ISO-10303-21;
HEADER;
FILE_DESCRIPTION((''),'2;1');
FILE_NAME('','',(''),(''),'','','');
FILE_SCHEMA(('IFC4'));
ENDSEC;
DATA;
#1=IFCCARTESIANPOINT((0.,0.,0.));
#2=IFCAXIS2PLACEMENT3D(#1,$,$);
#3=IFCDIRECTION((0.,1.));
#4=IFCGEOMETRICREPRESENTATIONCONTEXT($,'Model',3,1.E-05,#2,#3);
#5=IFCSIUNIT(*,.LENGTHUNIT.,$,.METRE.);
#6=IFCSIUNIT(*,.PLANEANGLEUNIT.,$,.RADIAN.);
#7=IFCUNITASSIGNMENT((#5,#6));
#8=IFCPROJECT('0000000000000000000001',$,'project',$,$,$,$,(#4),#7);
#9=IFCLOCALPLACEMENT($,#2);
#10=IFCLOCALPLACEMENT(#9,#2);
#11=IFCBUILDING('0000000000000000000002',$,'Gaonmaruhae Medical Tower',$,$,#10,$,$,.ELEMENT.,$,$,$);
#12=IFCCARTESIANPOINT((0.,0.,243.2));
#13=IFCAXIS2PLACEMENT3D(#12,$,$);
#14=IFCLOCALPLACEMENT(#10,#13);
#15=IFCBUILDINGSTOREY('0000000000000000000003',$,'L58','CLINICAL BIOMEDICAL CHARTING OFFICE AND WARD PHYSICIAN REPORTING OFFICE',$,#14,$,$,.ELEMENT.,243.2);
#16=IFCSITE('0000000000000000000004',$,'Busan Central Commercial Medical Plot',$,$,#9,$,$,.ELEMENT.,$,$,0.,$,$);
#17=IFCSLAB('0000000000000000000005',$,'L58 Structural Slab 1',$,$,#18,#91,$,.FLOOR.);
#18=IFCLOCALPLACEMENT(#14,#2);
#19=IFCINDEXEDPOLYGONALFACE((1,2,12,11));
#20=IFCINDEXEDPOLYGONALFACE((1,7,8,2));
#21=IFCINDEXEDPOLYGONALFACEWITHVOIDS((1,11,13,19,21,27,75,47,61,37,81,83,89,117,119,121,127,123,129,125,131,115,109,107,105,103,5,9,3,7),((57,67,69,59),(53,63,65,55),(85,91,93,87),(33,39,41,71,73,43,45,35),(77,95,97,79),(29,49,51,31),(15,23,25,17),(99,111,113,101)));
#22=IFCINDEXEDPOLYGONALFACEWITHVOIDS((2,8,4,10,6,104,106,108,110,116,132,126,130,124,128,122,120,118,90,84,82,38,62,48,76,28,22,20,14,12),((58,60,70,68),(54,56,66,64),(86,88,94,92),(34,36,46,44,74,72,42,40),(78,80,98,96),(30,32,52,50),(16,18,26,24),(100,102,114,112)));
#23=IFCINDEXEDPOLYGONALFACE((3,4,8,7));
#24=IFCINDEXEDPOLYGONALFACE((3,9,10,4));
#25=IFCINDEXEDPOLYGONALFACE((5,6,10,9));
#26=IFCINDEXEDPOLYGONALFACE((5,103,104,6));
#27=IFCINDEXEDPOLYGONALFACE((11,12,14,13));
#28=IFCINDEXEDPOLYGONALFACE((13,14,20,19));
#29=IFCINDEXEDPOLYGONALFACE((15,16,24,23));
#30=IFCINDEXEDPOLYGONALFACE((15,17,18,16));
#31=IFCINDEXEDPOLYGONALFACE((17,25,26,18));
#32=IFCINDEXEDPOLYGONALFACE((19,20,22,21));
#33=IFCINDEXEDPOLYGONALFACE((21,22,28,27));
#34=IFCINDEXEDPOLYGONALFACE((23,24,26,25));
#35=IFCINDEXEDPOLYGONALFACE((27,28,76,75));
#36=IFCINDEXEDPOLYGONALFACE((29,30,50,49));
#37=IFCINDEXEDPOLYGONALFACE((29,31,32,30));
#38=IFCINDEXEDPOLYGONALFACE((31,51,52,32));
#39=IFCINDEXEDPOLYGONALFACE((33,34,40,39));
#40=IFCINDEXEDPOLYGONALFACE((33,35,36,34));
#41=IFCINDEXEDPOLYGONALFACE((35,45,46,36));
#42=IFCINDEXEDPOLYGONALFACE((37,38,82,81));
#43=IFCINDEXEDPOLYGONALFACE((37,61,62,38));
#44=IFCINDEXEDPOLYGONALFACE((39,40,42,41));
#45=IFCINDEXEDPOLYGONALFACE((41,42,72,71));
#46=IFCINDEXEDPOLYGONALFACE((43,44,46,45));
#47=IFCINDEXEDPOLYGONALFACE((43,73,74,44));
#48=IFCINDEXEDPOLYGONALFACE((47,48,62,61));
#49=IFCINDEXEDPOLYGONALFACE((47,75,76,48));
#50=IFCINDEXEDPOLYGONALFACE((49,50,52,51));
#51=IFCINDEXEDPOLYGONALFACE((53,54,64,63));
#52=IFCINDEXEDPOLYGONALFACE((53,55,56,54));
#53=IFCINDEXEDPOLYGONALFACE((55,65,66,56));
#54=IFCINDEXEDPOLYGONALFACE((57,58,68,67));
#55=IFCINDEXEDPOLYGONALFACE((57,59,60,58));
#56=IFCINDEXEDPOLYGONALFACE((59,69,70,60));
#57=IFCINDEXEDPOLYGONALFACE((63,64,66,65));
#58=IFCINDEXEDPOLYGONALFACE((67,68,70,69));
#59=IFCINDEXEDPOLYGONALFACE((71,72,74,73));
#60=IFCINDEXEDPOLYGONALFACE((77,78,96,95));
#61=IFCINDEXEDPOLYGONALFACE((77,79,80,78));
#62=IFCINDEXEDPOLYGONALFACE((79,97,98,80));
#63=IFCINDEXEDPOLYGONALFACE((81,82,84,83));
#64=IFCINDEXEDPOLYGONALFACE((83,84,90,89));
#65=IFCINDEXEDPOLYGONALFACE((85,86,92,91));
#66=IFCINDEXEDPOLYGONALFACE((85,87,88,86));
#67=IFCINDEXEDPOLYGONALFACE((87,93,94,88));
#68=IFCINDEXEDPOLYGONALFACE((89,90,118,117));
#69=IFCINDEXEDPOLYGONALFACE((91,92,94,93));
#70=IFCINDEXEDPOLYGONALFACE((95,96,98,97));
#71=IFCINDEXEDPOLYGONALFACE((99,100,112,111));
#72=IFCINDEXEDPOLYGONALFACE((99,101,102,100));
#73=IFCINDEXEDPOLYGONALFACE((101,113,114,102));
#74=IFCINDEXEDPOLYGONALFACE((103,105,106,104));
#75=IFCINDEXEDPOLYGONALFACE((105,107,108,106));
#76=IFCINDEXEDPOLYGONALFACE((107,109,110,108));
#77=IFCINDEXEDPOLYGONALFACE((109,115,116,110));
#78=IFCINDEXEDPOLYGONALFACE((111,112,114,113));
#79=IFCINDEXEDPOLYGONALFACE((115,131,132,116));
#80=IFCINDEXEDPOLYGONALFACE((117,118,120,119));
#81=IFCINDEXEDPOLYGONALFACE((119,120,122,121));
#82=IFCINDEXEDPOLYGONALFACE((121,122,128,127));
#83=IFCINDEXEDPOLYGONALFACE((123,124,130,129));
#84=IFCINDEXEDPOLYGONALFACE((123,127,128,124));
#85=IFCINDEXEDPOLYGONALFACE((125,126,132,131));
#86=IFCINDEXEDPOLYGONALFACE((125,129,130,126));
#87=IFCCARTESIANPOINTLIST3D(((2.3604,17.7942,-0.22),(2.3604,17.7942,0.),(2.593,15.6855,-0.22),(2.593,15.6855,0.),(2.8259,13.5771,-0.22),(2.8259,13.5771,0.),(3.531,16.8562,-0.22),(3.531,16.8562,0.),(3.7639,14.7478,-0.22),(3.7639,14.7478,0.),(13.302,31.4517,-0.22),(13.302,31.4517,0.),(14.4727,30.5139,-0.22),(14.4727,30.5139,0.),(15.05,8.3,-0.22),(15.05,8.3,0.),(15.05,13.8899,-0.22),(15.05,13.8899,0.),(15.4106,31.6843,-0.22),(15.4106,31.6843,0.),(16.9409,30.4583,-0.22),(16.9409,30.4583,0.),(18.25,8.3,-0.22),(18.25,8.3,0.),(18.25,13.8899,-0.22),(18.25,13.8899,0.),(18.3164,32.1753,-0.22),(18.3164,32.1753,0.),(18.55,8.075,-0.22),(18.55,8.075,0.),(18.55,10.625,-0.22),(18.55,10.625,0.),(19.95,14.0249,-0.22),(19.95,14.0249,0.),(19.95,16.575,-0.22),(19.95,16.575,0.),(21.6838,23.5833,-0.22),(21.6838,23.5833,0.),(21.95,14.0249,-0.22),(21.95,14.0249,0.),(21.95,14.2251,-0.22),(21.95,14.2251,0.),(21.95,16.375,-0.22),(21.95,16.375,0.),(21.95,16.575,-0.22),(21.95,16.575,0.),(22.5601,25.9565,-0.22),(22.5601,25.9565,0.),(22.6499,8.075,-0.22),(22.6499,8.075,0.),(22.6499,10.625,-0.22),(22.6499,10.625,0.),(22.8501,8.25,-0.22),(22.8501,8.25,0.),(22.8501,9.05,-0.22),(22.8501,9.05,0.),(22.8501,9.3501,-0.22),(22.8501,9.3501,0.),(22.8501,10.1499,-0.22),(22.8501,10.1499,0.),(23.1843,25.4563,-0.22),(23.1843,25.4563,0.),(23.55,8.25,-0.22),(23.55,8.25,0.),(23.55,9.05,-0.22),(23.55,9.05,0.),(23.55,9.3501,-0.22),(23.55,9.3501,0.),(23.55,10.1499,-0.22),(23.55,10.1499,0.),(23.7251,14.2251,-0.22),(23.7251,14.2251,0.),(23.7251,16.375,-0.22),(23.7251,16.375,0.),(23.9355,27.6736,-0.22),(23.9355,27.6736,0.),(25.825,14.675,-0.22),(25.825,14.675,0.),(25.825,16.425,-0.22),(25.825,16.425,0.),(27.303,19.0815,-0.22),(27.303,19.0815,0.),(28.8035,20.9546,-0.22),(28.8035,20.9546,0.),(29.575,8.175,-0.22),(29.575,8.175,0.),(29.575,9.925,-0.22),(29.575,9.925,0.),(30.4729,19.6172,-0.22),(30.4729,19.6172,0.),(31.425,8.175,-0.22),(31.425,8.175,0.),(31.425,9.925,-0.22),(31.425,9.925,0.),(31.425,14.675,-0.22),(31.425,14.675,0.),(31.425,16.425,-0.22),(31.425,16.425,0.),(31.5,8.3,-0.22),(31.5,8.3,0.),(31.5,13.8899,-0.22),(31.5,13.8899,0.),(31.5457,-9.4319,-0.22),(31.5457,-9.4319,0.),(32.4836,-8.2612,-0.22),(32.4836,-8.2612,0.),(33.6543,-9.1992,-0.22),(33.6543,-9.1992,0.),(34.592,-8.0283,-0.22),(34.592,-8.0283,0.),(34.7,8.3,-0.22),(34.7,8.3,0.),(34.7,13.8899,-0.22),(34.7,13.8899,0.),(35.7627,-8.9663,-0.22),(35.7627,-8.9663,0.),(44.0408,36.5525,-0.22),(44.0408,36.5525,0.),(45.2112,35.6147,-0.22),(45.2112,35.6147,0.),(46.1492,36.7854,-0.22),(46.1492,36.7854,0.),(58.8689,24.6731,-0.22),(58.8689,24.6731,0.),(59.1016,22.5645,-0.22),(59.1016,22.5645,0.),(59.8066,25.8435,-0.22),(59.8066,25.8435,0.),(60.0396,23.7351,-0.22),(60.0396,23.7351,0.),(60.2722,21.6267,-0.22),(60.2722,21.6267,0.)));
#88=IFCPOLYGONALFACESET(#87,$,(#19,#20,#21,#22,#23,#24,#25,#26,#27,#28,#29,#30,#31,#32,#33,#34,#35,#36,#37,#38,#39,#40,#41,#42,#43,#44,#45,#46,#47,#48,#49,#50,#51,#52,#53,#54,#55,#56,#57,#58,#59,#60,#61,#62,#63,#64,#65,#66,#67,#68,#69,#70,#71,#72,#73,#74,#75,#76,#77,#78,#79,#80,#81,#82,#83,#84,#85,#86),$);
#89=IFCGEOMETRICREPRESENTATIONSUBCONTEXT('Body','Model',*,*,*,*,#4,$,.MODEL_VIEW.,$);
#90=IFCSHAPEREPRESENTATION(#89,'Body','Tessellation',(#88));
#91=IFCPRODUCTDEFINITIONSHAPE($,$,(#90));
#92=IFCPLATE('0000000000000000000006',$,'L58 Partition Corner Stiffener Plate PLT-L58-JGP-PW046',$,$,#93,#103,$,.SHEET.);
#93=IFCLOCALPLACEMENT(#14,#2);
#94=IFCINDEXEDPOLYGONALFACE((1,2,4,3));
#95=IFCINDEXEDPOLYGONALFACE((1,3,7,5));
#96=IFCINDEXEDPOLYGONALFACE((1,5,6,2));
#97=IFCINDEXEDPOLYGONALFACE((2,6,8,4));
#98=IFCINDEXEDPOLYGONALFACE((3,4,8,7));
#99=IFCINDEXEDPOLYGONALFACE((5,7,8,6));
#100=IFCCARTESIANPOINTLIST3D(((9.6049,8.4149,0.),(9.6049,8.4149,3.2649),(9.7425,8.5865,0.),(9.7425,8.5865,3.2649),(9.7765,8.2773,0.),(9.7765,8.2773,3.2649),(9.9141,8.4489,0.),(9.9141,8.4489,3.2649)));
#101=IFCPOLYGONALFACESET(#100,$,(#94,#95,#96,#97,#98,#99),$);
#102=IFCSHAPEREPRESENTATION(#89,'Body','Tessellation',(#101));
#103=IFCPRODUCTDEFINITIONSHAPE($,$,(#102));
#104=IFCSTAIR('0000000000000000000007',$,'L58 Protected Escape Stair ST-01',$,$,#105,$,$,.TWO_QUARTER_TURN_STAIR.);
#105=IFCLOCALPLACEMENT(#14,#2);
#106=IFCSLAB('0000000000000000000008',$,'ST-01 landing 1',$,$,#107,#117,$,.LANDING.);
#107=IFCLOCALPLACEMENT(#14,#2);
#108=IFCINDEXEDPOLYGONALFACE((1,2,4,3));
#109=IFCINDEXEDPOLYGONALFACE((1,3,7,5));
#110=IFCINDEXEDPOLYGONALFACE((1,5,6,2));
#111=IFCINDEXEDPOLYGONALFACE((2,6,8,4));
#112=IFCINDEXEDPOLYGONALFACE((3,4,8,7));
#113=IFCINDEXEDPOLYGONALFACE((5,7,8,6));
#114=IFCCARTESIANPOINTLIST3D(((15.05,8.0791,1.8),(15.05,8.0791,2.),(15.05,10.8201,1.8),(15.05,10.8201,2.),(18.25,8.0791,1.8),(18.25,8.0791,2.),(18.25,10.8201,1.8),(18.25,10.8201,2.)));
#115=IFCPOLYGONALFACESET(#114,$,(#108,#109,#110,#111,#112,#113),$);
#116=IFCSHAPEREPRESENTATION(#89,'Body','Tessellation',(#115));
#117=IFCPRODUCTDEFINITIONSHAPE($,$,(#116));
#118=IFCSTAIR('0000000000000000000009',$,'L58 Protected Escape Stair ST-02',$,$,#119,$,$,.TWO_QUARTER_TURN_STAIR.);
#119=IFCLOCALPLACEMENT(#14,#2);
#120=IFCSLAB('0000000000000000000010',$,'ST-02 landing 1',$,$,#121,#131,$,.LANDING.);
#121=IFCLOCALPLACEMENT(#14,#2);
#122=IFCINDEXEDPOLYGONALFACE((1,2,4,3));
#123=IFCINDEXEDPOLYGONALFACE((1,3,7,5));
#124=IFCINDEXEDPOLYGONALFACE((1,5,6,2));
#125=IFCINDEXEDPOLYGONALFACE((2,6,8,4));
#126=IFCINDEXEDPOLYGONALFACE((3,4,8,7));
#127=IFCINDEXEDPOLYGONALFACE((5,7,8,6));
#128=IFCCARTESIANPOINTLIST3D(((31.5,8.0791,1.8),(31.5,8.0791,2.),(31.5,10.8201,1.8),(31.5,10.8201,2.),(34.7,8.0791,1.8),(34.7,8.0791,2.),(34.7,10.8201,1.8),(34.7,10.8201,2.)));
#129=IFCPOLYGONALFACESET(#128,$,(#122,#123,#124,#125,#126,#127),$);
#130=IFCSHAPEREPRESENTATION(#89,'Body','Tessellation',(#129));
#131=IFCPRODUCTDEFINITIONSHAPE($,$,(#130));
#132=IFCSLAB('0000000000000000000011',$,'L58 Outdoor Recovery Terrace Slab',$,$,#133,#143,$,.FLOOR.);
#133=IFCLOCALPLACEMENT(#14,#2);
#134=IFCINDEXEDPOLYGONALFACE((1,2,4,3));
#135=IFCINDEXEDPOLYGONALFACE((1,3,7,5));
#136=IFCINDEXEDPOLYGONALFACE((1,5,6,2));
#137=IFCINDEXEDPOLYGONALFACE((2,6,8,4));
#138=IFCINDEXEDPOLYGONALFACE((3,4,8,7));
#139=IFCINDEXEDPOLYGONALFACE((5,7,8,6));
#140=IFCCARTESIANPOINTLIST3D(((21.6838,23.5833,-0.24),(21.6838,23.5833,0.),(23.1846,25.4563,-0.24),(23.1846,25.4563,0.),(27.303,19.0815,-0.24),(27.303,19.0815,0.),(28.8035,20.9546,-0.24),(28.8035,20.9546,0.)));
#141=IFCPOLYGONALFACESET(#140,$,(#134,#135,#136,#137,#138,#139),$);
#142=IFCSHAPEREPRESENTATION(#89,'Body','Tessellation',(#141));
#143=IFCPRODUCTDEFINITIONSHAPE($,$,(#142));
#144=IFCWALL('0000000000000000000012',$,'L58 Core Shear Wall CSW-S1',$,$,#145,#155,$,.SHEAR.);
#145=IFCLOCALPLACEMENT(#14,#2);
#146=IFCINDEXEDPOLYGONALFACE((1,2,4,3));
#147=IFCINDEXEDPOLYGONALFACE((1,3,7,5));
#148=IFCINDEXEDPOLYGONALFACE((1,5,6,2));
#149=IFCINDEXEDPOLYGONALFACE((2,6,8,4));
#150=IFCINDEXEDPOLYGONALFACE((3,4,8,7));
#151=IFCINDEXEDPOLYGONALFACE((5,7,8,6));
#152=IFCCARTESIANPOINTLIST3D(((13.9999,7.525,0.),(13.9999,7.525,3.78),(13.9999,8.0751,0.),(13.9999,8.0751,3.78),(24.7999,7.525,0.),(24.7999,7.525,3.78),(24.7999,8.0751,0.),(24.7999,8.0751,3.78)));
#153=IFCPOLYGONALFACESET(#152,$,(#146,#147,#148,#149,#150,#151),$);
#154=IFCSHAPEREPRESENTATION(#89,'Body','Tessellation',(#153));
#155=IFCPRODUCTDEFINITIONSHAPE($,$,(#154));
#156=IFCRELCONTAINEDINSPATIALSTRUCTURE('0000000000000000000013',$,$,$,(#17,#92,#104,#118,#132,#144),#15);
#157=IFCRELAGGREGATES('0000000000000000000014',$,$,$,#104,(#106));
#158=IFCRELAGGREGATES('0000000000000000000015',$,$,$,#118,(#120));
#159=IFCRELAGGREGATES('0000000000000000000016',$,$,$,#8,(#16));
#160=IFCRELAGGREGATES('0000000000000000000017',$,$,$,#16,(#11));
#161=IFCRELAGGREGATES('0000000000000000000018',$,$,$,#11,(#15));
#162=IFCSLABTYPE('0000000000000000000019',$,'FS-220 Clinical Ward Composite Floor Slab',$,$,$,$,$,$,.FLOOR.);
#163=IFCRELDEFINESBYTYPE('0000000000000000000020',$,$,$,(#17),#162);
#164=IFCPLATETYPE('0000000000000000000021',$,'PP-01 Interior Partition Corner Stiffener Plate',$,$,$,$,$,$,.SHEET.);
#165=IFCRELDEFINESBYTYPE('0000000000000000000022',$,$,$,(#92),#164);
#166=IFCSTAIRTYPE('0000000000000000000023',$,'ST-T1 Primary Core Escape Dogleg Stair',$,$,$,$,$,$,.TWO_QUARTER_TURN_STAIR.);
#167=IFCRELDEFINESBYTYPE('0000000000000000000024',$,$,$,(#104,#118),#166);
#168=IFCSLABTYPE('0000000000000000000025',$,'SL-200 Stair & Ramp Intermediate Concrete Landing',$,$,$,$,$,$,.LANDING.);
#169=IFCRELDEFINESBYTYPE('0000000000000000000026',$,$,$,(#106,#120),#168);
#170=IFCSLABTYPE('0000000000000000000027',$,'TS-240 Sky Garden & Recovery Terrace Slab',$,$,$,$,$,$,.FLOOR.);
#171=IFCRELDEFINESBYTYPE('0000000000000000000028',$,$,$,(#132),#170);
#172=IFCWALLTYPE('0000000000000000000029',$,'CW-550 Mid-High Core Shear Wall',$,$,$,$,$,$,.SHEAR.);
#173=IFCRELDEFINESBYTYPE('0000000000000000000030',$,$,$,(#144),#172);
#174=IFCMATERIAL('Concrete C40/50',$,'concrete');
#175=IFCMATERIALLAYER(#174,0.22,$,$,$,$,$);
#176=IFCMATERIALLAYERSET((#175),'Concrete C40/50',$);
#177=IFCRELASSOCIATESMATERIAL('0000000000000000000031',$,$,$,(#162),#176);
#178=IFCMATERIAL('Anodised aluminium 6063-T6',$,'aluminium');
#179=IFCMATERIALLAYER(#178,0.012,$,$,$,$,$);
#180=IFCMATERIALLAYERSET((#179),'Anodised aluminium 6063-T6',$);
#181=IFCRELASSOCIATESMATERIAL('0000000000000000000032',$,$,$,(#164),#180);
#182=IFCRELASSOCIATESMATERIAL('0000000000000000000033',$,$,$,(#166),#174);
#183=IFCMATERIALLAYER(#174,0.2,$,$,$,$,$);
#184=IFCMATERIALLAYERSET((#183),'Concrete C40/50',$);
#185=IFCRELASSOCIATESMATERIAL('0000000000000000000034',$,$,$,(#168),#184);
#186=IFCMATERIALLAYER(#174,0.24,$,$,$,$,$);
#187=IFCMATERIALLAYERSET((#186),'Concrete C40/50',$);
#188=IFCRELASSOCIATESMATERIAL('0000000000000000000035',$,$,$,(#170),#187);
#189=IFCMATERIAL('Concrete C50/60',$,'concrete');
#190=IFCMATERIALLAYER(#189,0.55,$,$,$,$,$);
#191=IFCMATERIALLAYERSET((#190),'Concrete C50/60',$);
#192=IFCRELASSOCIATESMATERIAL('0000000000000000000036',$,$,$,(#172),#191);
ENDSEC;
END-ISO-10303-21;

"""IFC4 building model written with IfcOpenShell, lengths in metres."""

from ifc_helpers import new_model, si_unit, direction, frame, frame_2d, origin, origin_2d, place, context, subcontext, project, spatial, polyline, rectangle, outline, extrude, material, layer, layer_set, type_object, element, aggregate, save


model = new_model("IFC4")

# Units and contexts
model_context = context("Model", 3, precision=1e-05, world=origin(), true_north=direction((0.0, 1.0)))
body_context = subcontext(model_context, "Body", "Model", "MODEL_VIEW")
ifc_project = project(units=[si_unit("LENGTHUNIT", "METRE"), si_unit("PLANEANGLEUNIT", "RADIAN")], contexts=[model_context])

# Site, building, storey
site_placement = place(None, origin())
site = spatial("IfcSite", under=ifc_project, at=site_placement, Name="Busan Central Commercial Medical Plot", CompositionType="ELEMENT", RefElevation=0.0)
building_placement = place(site_placement, origin())
building = spatial("IfcBuilding", under=site, at=building_placement, Name="Gaonmaruhae Medical Tower", CompositionType="ELEMENT")
storey_placement = place(building_placement, frame((0.0, 0.0, 243.2)))
storey = spatial("IfcBuildingStorey", under=building, at=storey_placement, Name="L58", Description="CLINICAL BIOMEDICAL CHARTING OFFICE AND WARD PHYSICIAN REPORTING OFFICE", CompositionType="ELEMENT", Elevation=243.2)

# Shared definitions
ifc_material_1 = material(Name="Concrete C50/60", Category="concrete")

# Slab
ifc_material_2 = material(Name="Concrete C40/50", Category="concrete")
ifc_layer_1 = layer(ifc_material_2, 0.22)
ifc_layer_set_1 = layer_set([ifc_layer_1], Name="Concrete C40/50")
slab_type_1 = type_object("IfcSlabType", Name="FS-220 Clinical Ward Composite Floor Slab", PredefinedType="FLOOR", material=ifc_layer_set_1)
slab_1_placement = place(storey_placement, frame((0.0, 0.0, -0.22)))
element("IfcSlab", 1, at=slab_1_placement, inside=storey, type_object=slab_type_1, Name="L58 Structural Slab 1", PredefinedType="FLOOR", context=body_context, shape_type="SweptSolid", body=[
    extrude(outline(polyline([(44.0408, 36.5525), (45.2112, 35.6147), (46.1492, 36.7854), (59.8066, 25.8435), (58.8689, 24.6731), (60.0396, 23.7351), (59.1016, 22.5645), (60.2722, 21.6267), (35.7627, -8.9663), (34.592, -8.0283), (33.6543, -9.1992), (32.4836, -8.2612), (31.5457, -9.4319), (2.8259, 13.5771), (3.7639, 14.7478), (2.593, 15.6855), (3.531, 16.8562), (2.3604, 17.7942), (13.302, 31.4517), (14.4727, 30.5139), (15.4106, 31.6843), (16.9409, 30.4583), (18.3164, 32.1753), (23.9355, 27.6736), (22.5601, 25.9565), (23.1843, 25.4563), (21.6838, 23.5833), (27.303, 19.0815), (28.8035, 20.9546), (30.4729, 19.6172), (44.0408, 36.5525)]), holes=[polyline([(23.55, 8.25), (22.8501, 8.25), (22.8501, 9.05), (23.55, 9.05), (23.55, 8.25)]), polyline([(31.425, 9.925), (31.425, 8.175), (29.575, 8.175), (29.575, 9.925), (31.425, 9.925)]), polyline([(22.6499, 10.625), (22.6499, 8.075), (18.55, 8.075), (18.55, 10.625), (22.6499, 10.625)]), polyline([(23.55, 9.3501), (22.8501, 9.3501), (22.8501, 10.1499), (23.55, 10.1499), (23.55, 9.3501)]), polyline([(15.05, 13.8899), (18.25, 13.8899), (18.25, 8.3), (15.05, 8.3), (15.05, 13.8899)]), polyline([(31.5, 13.8899), (34.7, 13.8899), (34.7, 8.3), (31.5, 8.3), (31.5, 13.8899)]), polyline([(21.95, 14.2251), (21.95, 14.0249), (19.95, 14.0249), (19.95, 16.575), (21.95, 16.575), (21.95, 16.375), (23.7251, 16.375), (23.7251, 14.2251), (21.95, 14.2251)]), polyline([(31.425, 16.425), (31.425, 14.675), (25.825, 14.675), (25.825, 16.425), (31.425, 16.425)])]), origin(), (0.0, 0.0, 1.0), 0.22),
])

# Plate
ifc_material_3 = material(Name="Anodised aluminium 6063-T6", Category="aluminium")
ifc_layer_2 = layer(ifc_material_3, 0.012)
ifc_layer_set_2 = layer_set([ifc_layer_2], Name="Anodised aluminium 6063-T6")
plate_type = type_object("IfcPlateType", Name="PP-01 Interior Partition Corner Stiffener Plate", PredefinedType="SHEET", material=ifc_layer_set_2)
plate_placement = place(storey_placement, frame((9.7595, 8.4319, 0.0), z_axis=(0.0, 0.0, 1.0), x_axis=(-0.780125, 0.625624, 0.0)))
element("IfcPlate", 2, at=plate_placement, inside=storey, type_object=plate_type, Name="L58 Partition Corner Stiffener Plate PLT-L58-JGP-PW046", PredefinedType="SHEET", context=body_context, shape_type="SweptSolid", body=[
    extrude(rectangle(XDim=0.22, YDim=0.22, at=origin_2d()), origin(), (0.0, 0.0, 1.0), 3.2649),
])

# Stairs, slabs
stair_type = type_object("IfcStairType", Name="ST-T1 Primary Core Escape Dogleg Stair", PredefinedType="TWO_QUARTER_TURN_STAIR", material=ifc_material_2)
stair_1_placement = place(storey_placement, origin())
stair_1 = element("IfcStair", 3, at=stair_1_placement, inside=storey, type_object=stair_type, Name="L58 Protected Escape Stair ST-01", PredefinedType="TWO_QUARTER_TURN_STAIR")
ifc_layer_3 = layer(ifc_material_2, 0.2)
ifc_layer_set_3 = layer_set([ifc_layer_3], Name="Concrete C40/50")
slab_type_2 = type_object("IfcSlabType", Name="SL-200 Stair & Ramp Intermediate Concrete Landing", PredefinedType="LANDING", material=ifc_layer_set_3)
slab_2_placement = place(storey_placement, frame((0.0, 0.0, 1.8)))
slab_2 = element("IfcSlab", 4, at=slab_2_placement, type_object=slab_type_2, Name="ST-01 landing 1", PredefinedType="LANDING", context=body_context, shape_type="SweptSolid", body=[
    extrude(outline(polyline([(15.05, 10.8201), (15.05, 8.0791), (18.25, 8.0791), (18.25, 10.8201), (15.05, 10.8201)])), origin(), (0.0, 0.0, 1.0), 0.2),
])
aggregate(stair_1, [slab_2])
stair_2_placement = place(storey_placement, origin())
stair_2 = element("IfcStair", 5, at=stair_2_placement, inside=storey, type_object=stair_type, Name="L58 Protected Escape Stair ST-02", PredefinedType="TWO_QUARTER_TURN_STAIR")
slab_3_placement = place(storey_placement, frame((0.0, 0.0, 1.8)))
slab_3 = element("IfcSlab", 6, at=slab_3_placement, type_object=slab_type_2, Name="ST-02 landing 1", PredefinedType="LANDING", context=body_context, shape_type="SweptSolid", body=[
    extrude(outline(polyline([(31.5, 10.8201), (31.5, 8.0791), (34.7, 8.0791), (34.7, 10.8201), (31.5, 10.8201)])), origin(), (0.0, 0.0, 1.0), 0.2),
])
aggregate(stair_2, [slab_3])

# Slab
ifc_layer_4 = layer(ifc_material_2, 0.24)
ifc_layer_set_4 = layer_set([ifc_layer_4], Name="Concrete C40/50")
slab_type_3 = type_object("IfcSlabType", Name="TS-240 Sky Garden & Recovery Terrace Slab", PredefinedType="FLOOR", material=ifc_layer_set_4)
slab_4_placement = place(storey_placement, frame((0.0, 0.0, -0.24)))
element("IfcSlab", 7, at=slab_4_placement, inside=storey, type_object=slab_type_3, Name="L58 Outdoor Recovery Terrace Slab", PredefinedType="FLOOR", context=body_context, shape_type="SweptSolid", body=[
    extrude(outline(polyline([(27.303, 19.0815), (28.8035, 20.9546), (23.1846, 25.4563), (21.6838, 23.5833), (27.303, 19.0815)])), origin(), (0.0, 0.0, 1.0), 0.24),
])

# Wall
ifc_layer_5 = layer(ifc_material_1, 0.55)
ifc_layer_set_5 = layer_set([ifc_layer_5], Name="Concrete C50/60")
wall_type_1 = type_object("IfcWallType", Name="CW-550 Mid-High Core Shear Wall", PredefinedType="SHEAR", material=ifc_layer_set_5)
wall_1_placement = place(storey_placement, frame((14.0, 7.8, 0.0), z_axis=(0.0, 0.0, 1.0), x_axis=(1.0, 0.0, 0.0)))
element("IfcWall", 8, at=wall_1_placement, inside=storey, type_object=wall_type_1, Name="L58 Core Shear Wall CSW-S1", PredefinedType="SHEAR", context=body_context, shape_type="SweptSolid", body=[
    extrude(rectangle(XDim=10.8, YDim=0.55, at=frame_2d((5.3999, 0.0))), origin(), (0.0, 0.0, 1.0), 3.78),
])

save(model, "model.ifc")
